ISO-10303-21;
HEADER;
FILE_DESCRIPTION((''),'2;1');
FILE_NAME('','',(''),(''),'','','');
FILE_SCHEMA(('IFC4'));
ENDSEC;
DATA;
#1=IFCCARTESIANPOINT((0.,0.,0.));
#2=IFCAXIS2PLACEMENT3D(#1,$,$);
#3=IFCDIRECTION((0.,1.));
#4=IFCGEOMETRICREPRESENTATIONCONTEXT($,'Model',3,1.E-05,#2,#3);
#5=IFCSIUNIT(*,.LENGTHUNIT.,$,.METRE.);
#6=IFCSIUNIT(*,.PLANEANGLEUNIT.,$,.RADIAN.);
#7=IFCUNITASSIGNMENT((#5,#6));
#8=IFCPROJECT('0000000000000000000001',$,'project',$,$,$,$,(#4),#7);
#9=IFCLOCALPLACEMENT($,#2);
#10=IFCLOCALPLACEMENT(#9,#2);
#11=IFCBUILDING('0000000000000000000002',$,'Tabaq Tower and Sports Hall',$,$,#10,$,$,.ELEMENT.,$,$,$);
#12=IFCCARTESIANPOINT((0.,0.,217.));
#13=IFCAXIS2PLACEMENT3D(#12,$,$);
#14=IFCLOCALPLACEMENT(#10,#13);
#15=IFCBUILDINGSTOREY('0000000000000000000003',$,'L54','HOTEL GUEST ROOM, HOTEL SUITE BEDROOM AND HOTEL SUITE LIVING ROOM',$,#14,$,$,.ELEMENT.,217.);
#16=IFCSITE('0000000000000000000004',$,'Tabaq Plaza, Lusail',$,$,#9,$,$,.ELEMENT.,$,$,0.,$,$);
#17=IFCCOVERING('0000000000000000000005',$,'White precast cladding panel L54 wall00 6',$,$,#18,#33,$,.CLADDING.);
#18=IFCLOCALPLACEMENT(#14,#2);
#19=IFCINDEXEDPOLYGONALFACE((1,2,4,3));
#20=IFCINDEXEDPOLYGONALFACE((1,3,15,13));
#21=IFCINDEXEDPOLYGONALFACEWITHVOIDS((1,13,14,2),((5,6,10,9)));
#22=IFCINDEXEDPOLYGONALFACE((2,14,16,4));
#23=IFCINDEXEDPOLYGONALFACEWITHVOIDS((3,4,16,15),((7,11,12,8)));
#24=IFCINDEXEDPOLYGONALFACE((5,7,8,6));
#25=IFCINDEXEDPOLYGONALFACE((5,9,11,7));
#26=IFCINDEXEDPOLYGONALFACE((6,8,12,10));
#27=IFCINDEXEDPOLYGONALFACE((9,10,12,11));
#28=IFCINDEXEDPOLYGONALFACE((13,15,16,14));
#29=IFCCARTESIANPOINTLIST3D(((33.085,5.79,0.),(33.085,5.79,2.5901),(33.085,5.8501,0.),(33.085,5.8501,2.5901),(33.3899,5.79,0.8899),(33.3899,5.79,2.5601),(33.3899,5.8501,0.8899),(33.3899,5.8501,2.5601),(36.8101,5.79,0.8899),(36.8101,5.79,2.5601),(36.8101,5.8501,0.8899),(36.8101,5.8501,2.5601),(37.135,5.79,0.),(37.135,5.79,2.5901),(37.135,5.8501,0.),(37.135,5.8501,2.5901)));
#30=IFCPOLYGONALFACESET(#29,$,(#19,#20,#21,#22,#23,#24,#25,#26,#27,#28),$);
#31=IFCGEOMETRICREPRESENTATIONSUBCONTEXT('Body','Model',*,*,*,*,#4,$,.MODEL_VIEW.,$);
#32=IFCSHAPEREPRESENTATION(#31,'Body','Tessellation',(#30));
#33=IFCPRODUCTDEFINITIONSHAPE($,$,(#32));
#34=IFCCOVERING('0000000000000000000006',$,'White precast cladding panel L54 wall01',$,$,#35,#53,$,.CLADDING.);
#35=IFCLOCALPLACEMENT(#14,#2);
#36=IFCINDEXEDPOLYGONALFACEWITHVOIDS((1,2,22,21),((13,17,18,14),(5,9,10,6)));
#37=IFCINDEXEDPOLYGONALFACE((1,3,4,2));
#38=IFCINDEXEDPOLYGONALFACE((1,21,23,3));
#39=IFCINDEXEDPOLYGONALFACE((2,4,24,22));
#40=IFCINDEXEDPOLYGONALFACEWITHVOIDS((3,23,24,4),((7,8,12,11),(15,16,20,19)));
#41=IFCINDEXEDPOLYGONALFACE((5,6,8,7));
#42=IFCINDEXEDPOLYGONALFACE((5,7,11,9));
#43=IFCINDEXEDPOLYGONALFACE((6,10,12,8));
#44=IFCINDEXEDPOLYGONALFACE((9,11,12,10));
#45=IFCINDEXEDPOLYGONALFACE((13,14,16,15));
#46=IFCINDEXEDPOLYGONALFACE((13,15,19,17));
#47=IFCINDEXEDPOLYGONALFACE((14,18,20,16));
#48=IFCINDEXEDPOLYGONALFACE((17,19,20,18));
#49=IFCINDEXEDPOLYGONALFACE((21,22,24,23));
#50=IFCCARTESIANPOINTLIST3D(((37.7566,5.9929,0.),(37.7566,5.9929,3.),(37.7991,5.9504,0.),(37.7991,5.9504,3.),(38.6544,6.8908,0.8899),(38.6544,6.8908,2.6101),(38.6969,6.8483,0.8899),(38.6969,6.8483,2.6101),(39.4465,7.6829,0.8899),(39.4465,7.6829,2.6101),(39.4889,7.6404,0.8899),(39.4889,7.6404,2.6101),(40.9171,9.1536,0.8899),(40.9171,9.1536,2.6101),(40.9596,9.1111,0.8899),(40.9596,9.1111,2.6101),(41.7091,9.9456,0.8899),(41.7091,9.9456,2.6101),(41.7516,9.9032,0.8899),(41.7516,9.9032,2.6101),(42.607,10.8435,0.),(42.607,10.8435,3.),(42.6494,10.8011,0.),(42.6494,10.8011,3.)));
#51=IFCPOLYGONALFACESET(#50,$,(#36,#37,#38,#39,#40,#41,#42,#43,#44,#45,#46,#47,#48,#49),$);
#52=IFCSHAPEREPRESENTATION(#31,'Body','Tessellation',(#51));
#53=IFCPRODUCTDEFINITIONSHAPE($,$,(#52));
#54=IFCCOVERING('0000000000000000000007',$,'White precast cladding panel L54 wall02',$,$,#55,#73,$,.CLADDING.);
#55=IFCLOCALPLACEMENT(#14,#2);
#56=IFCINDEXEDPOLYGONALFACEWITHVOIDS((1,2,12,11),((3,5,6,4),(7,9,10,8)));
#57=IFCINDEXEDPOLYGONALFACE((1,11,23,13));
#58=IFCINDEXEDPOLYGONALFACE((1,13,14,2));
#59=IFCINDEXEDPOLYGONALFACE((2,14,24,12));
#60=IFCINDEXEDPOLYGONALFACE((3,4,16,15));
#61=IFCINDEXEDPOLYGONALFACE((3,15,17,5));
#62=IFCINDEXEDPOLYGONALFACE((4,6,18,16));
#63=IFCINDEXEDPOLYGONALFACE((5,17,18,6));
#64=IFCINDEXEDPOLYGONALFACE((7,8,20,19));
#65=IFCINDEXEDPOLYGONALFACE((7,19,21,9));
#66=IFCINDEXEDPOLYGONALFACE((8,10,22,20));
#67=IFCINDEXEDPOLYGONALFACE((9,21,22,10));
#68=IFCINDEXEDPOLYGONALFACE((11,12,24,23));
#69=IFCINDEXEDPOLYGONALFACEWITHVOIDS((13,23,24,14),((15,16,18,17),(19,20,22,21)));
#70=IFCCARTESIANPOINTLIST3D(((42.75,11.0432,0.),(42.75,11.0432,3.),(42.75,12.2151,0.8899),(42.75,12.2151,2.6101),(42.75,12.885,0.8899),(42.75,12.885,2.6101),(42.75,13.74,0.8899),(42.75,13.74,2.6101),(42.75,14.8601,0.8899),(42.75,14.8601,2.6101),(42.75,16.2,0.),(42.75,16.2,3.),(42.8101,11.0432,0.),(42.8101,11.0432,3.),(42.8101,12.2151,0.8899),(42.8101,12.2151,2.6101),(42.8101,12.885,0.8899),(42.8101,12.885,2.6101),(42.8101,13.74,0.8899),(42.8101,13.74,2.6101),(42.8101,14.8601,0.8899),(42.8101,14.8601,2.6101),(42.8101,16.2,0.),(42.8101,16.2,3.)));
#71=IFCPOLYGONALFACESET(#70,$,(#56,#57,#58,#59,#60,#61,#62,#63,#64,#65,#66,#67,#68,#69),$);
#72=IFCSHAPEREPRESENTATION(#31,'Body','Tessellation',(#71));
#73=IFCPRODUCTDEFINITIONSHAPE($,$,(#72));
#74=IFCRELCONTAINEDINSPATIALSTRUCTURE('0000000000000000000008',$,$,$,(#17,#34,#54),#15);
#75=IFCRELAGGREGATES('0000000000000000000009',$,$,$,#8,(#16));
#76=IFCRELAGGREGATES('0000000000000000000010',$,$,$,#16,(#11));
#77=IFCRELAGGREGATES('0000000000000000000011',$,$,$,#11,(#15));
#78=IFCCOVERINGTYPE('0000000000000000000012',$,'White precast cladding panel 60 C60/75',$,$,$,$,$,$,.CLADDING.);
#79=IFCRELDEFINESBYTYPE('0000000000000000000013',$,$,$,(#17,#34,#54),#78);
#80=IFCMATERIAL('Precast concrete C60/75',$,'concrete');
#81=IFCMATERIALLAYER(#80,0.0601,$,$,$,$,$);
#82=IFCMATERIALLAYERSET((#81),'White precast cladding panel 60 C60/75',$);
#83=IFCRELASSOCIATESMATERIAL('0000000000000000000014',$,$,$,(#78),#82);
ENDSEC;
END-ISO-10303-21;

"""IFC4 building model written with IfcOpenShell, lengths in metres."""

from ifc_helpers import new_model, si_unit, direction, frame, origin, place, context, subcontext, project, spatial, polyline, outline, extrude, material, layer, layer_set, type_object, element, save


model = new_model("IFC4")

# Units and contexts
model_context = context("Model", 3, precision=1e-05, world=origin(), true_north=direction((0.0, 1.0)))
body_context = subcontext(model_context, "Body", "Model", "MODEL_VIEW")
ifc_project = project(units=[si_unit("LENGTHUNIT", "METRE"), si_unit("PLANEANGLEUNIT", "RADIAN")], contexts=[model_context])

# Site, building, storey
site_placement = place(None, origin())
site = spatial("IfcSite", under=ifc_project, at=site_placement, Name="Tabaq Plaza, Lusail", CompositionType="ELEMENT", RefElevation=0.0)
building_placement = place(site_placement, origin())
building = spatial("IfcBuilding", under=site, at=building_placement, Name="Tabaq Tower and Sports Hall", CompositionType="ELEMENT")
storey_placement = place(building_placement, frame((0.0, 0.0, 217.0)))
storey = spatial("IfcBuildingStorey", under=building, at=storey_placement, Name="L54", Description="HOTEL GUEST ROOM, HOTEL SUITE BEDROOM AND HOTEL SUITE LIVING ROOM", CompositionType="ELEMENT", Elevation=217.0)

# Coverings
ifc_material_1 = material(Name="Precast concrete C60/75", Category="concrete")
ifc_layer_1 = layer(ifc_material_1, 0.0601)
ifc_layer_set_1 = layer_set([ifc_layer_1], Name="White precast cladding panel 60 C60/75")
covering_type = type_object("IfcCoveringType", Name="White precast cladding panel 60 C60/75", PredefinedType="CLADDING", material=ifc_layer_set_1)
covering_1_placement = place(storey_placement, frame((33.085, 5.8201, 0.0), z_axis=(0.0, 0.0, 1.0), x_axis=(1.0, 0.0, 0.0)))
element("IfcCovering", 1, at=covering_1_placement, inside=storey, type_object=covering_type, Name="White precast cladding panel L54 wall00 6", PredefinedType="CLADDING", context=body_context, shape_type="SweptSolid", body=[
    extrude(outline(polyline([(0.0, 0.0), (4.05, 0.0), (4.05, 2.5901), (0.0, 2.5901), (0.0, 0.0)]), holes=[polyline([(3.7251, 0.8899), (0.3049, 0.8899), (0.3049, 2.5601), (3.7251, 2.5601), (3.7251, 0.8899)])]), frame((0.0, 0.03, 0.0), z_axis=(0.0, -1.0, 0.0), x_axis=(1.0, 0.0, 0.0)), (0.0, 0.0, 1.0), 0.0601),
])
covering_2_placement = place(storey_placement, frame((37.7778, 5.9717, 0.0), z_axis=(0.0, 0.0, 1.0), x_axis=(0.707089, 0.707125, 0.0)))
element("IfcCovering", 2, at=covering_2_placement, inside=storey, type_object=covering_type, Name="White precast cladding panel L54 wall01", PredefinedType="CLADDING", context=body_context, shape_type="SweptSolid", body=[
    extrude(outline(polyline([(0.0, 0.0), (6.8596, 0.0), (6.8596, 3.0), (0.0, 3.0), (0.0, 0.0)]), holes=[polyline([(1.2698, 2.6101), (2.3899, 2.6101), (2.3899, 0.8899), (1.2698, 0.8899), (1.2698, 2.6101)]), polyline([(4.4697, 2.6101), (5.5898, 2.6101), (5.5898, 0.8899), (4.4697, 0.8899), (4.4697, 2.6101)])]), frame((0.0, 0.03, 0.0), z_axis=(0.0, -1.0, 0.0), x_axis=(1.0, 0.0, 0.0)), (0.0, 0.0, 1.0), 0.0601),
])
covering_3_placement = place(storey_placement, frame((42.78, 11.0432, 0.0), z_axis=(0.0, 0.0, 1.0), x_axis=(0.0, 1.0, 0.0)))
element("IfcCovering", 3, at=covering_3_placement, inside=storey, type_object=covering_type, Name="White precast cladding panel L54 wall02", PredefinedType="CLADDING", context=body_context, shape_type="SweptSolid", body=[
    extrude(outline(polyline([(0.0, 0.0), (5.1567, 0.0), (5.1567, 3.0), (0.0, 3.0), (0.0, 0.0)]), holes=[polyline([(1.1719, 2.6101), (1.8418, 2.6101), (1.8418, 0.8899), (1.1719, 0.8899), (1.1719, 2.6101)]), polyline([(2.6968, 2.6101), (3.8169, 2.6101), (3.8169, 0.8899), (2.6968, 0.8899), (2.6968, 2.6101)])]), frame((0.0, 0.03, 0.0), z_axis=(0.0, -1.0, 0.0), x_axis=(1.0, 0.0, 0.0)), (0.0, 0.0, 1.0), 0.0601),
])

save(model, "model.ifc")
